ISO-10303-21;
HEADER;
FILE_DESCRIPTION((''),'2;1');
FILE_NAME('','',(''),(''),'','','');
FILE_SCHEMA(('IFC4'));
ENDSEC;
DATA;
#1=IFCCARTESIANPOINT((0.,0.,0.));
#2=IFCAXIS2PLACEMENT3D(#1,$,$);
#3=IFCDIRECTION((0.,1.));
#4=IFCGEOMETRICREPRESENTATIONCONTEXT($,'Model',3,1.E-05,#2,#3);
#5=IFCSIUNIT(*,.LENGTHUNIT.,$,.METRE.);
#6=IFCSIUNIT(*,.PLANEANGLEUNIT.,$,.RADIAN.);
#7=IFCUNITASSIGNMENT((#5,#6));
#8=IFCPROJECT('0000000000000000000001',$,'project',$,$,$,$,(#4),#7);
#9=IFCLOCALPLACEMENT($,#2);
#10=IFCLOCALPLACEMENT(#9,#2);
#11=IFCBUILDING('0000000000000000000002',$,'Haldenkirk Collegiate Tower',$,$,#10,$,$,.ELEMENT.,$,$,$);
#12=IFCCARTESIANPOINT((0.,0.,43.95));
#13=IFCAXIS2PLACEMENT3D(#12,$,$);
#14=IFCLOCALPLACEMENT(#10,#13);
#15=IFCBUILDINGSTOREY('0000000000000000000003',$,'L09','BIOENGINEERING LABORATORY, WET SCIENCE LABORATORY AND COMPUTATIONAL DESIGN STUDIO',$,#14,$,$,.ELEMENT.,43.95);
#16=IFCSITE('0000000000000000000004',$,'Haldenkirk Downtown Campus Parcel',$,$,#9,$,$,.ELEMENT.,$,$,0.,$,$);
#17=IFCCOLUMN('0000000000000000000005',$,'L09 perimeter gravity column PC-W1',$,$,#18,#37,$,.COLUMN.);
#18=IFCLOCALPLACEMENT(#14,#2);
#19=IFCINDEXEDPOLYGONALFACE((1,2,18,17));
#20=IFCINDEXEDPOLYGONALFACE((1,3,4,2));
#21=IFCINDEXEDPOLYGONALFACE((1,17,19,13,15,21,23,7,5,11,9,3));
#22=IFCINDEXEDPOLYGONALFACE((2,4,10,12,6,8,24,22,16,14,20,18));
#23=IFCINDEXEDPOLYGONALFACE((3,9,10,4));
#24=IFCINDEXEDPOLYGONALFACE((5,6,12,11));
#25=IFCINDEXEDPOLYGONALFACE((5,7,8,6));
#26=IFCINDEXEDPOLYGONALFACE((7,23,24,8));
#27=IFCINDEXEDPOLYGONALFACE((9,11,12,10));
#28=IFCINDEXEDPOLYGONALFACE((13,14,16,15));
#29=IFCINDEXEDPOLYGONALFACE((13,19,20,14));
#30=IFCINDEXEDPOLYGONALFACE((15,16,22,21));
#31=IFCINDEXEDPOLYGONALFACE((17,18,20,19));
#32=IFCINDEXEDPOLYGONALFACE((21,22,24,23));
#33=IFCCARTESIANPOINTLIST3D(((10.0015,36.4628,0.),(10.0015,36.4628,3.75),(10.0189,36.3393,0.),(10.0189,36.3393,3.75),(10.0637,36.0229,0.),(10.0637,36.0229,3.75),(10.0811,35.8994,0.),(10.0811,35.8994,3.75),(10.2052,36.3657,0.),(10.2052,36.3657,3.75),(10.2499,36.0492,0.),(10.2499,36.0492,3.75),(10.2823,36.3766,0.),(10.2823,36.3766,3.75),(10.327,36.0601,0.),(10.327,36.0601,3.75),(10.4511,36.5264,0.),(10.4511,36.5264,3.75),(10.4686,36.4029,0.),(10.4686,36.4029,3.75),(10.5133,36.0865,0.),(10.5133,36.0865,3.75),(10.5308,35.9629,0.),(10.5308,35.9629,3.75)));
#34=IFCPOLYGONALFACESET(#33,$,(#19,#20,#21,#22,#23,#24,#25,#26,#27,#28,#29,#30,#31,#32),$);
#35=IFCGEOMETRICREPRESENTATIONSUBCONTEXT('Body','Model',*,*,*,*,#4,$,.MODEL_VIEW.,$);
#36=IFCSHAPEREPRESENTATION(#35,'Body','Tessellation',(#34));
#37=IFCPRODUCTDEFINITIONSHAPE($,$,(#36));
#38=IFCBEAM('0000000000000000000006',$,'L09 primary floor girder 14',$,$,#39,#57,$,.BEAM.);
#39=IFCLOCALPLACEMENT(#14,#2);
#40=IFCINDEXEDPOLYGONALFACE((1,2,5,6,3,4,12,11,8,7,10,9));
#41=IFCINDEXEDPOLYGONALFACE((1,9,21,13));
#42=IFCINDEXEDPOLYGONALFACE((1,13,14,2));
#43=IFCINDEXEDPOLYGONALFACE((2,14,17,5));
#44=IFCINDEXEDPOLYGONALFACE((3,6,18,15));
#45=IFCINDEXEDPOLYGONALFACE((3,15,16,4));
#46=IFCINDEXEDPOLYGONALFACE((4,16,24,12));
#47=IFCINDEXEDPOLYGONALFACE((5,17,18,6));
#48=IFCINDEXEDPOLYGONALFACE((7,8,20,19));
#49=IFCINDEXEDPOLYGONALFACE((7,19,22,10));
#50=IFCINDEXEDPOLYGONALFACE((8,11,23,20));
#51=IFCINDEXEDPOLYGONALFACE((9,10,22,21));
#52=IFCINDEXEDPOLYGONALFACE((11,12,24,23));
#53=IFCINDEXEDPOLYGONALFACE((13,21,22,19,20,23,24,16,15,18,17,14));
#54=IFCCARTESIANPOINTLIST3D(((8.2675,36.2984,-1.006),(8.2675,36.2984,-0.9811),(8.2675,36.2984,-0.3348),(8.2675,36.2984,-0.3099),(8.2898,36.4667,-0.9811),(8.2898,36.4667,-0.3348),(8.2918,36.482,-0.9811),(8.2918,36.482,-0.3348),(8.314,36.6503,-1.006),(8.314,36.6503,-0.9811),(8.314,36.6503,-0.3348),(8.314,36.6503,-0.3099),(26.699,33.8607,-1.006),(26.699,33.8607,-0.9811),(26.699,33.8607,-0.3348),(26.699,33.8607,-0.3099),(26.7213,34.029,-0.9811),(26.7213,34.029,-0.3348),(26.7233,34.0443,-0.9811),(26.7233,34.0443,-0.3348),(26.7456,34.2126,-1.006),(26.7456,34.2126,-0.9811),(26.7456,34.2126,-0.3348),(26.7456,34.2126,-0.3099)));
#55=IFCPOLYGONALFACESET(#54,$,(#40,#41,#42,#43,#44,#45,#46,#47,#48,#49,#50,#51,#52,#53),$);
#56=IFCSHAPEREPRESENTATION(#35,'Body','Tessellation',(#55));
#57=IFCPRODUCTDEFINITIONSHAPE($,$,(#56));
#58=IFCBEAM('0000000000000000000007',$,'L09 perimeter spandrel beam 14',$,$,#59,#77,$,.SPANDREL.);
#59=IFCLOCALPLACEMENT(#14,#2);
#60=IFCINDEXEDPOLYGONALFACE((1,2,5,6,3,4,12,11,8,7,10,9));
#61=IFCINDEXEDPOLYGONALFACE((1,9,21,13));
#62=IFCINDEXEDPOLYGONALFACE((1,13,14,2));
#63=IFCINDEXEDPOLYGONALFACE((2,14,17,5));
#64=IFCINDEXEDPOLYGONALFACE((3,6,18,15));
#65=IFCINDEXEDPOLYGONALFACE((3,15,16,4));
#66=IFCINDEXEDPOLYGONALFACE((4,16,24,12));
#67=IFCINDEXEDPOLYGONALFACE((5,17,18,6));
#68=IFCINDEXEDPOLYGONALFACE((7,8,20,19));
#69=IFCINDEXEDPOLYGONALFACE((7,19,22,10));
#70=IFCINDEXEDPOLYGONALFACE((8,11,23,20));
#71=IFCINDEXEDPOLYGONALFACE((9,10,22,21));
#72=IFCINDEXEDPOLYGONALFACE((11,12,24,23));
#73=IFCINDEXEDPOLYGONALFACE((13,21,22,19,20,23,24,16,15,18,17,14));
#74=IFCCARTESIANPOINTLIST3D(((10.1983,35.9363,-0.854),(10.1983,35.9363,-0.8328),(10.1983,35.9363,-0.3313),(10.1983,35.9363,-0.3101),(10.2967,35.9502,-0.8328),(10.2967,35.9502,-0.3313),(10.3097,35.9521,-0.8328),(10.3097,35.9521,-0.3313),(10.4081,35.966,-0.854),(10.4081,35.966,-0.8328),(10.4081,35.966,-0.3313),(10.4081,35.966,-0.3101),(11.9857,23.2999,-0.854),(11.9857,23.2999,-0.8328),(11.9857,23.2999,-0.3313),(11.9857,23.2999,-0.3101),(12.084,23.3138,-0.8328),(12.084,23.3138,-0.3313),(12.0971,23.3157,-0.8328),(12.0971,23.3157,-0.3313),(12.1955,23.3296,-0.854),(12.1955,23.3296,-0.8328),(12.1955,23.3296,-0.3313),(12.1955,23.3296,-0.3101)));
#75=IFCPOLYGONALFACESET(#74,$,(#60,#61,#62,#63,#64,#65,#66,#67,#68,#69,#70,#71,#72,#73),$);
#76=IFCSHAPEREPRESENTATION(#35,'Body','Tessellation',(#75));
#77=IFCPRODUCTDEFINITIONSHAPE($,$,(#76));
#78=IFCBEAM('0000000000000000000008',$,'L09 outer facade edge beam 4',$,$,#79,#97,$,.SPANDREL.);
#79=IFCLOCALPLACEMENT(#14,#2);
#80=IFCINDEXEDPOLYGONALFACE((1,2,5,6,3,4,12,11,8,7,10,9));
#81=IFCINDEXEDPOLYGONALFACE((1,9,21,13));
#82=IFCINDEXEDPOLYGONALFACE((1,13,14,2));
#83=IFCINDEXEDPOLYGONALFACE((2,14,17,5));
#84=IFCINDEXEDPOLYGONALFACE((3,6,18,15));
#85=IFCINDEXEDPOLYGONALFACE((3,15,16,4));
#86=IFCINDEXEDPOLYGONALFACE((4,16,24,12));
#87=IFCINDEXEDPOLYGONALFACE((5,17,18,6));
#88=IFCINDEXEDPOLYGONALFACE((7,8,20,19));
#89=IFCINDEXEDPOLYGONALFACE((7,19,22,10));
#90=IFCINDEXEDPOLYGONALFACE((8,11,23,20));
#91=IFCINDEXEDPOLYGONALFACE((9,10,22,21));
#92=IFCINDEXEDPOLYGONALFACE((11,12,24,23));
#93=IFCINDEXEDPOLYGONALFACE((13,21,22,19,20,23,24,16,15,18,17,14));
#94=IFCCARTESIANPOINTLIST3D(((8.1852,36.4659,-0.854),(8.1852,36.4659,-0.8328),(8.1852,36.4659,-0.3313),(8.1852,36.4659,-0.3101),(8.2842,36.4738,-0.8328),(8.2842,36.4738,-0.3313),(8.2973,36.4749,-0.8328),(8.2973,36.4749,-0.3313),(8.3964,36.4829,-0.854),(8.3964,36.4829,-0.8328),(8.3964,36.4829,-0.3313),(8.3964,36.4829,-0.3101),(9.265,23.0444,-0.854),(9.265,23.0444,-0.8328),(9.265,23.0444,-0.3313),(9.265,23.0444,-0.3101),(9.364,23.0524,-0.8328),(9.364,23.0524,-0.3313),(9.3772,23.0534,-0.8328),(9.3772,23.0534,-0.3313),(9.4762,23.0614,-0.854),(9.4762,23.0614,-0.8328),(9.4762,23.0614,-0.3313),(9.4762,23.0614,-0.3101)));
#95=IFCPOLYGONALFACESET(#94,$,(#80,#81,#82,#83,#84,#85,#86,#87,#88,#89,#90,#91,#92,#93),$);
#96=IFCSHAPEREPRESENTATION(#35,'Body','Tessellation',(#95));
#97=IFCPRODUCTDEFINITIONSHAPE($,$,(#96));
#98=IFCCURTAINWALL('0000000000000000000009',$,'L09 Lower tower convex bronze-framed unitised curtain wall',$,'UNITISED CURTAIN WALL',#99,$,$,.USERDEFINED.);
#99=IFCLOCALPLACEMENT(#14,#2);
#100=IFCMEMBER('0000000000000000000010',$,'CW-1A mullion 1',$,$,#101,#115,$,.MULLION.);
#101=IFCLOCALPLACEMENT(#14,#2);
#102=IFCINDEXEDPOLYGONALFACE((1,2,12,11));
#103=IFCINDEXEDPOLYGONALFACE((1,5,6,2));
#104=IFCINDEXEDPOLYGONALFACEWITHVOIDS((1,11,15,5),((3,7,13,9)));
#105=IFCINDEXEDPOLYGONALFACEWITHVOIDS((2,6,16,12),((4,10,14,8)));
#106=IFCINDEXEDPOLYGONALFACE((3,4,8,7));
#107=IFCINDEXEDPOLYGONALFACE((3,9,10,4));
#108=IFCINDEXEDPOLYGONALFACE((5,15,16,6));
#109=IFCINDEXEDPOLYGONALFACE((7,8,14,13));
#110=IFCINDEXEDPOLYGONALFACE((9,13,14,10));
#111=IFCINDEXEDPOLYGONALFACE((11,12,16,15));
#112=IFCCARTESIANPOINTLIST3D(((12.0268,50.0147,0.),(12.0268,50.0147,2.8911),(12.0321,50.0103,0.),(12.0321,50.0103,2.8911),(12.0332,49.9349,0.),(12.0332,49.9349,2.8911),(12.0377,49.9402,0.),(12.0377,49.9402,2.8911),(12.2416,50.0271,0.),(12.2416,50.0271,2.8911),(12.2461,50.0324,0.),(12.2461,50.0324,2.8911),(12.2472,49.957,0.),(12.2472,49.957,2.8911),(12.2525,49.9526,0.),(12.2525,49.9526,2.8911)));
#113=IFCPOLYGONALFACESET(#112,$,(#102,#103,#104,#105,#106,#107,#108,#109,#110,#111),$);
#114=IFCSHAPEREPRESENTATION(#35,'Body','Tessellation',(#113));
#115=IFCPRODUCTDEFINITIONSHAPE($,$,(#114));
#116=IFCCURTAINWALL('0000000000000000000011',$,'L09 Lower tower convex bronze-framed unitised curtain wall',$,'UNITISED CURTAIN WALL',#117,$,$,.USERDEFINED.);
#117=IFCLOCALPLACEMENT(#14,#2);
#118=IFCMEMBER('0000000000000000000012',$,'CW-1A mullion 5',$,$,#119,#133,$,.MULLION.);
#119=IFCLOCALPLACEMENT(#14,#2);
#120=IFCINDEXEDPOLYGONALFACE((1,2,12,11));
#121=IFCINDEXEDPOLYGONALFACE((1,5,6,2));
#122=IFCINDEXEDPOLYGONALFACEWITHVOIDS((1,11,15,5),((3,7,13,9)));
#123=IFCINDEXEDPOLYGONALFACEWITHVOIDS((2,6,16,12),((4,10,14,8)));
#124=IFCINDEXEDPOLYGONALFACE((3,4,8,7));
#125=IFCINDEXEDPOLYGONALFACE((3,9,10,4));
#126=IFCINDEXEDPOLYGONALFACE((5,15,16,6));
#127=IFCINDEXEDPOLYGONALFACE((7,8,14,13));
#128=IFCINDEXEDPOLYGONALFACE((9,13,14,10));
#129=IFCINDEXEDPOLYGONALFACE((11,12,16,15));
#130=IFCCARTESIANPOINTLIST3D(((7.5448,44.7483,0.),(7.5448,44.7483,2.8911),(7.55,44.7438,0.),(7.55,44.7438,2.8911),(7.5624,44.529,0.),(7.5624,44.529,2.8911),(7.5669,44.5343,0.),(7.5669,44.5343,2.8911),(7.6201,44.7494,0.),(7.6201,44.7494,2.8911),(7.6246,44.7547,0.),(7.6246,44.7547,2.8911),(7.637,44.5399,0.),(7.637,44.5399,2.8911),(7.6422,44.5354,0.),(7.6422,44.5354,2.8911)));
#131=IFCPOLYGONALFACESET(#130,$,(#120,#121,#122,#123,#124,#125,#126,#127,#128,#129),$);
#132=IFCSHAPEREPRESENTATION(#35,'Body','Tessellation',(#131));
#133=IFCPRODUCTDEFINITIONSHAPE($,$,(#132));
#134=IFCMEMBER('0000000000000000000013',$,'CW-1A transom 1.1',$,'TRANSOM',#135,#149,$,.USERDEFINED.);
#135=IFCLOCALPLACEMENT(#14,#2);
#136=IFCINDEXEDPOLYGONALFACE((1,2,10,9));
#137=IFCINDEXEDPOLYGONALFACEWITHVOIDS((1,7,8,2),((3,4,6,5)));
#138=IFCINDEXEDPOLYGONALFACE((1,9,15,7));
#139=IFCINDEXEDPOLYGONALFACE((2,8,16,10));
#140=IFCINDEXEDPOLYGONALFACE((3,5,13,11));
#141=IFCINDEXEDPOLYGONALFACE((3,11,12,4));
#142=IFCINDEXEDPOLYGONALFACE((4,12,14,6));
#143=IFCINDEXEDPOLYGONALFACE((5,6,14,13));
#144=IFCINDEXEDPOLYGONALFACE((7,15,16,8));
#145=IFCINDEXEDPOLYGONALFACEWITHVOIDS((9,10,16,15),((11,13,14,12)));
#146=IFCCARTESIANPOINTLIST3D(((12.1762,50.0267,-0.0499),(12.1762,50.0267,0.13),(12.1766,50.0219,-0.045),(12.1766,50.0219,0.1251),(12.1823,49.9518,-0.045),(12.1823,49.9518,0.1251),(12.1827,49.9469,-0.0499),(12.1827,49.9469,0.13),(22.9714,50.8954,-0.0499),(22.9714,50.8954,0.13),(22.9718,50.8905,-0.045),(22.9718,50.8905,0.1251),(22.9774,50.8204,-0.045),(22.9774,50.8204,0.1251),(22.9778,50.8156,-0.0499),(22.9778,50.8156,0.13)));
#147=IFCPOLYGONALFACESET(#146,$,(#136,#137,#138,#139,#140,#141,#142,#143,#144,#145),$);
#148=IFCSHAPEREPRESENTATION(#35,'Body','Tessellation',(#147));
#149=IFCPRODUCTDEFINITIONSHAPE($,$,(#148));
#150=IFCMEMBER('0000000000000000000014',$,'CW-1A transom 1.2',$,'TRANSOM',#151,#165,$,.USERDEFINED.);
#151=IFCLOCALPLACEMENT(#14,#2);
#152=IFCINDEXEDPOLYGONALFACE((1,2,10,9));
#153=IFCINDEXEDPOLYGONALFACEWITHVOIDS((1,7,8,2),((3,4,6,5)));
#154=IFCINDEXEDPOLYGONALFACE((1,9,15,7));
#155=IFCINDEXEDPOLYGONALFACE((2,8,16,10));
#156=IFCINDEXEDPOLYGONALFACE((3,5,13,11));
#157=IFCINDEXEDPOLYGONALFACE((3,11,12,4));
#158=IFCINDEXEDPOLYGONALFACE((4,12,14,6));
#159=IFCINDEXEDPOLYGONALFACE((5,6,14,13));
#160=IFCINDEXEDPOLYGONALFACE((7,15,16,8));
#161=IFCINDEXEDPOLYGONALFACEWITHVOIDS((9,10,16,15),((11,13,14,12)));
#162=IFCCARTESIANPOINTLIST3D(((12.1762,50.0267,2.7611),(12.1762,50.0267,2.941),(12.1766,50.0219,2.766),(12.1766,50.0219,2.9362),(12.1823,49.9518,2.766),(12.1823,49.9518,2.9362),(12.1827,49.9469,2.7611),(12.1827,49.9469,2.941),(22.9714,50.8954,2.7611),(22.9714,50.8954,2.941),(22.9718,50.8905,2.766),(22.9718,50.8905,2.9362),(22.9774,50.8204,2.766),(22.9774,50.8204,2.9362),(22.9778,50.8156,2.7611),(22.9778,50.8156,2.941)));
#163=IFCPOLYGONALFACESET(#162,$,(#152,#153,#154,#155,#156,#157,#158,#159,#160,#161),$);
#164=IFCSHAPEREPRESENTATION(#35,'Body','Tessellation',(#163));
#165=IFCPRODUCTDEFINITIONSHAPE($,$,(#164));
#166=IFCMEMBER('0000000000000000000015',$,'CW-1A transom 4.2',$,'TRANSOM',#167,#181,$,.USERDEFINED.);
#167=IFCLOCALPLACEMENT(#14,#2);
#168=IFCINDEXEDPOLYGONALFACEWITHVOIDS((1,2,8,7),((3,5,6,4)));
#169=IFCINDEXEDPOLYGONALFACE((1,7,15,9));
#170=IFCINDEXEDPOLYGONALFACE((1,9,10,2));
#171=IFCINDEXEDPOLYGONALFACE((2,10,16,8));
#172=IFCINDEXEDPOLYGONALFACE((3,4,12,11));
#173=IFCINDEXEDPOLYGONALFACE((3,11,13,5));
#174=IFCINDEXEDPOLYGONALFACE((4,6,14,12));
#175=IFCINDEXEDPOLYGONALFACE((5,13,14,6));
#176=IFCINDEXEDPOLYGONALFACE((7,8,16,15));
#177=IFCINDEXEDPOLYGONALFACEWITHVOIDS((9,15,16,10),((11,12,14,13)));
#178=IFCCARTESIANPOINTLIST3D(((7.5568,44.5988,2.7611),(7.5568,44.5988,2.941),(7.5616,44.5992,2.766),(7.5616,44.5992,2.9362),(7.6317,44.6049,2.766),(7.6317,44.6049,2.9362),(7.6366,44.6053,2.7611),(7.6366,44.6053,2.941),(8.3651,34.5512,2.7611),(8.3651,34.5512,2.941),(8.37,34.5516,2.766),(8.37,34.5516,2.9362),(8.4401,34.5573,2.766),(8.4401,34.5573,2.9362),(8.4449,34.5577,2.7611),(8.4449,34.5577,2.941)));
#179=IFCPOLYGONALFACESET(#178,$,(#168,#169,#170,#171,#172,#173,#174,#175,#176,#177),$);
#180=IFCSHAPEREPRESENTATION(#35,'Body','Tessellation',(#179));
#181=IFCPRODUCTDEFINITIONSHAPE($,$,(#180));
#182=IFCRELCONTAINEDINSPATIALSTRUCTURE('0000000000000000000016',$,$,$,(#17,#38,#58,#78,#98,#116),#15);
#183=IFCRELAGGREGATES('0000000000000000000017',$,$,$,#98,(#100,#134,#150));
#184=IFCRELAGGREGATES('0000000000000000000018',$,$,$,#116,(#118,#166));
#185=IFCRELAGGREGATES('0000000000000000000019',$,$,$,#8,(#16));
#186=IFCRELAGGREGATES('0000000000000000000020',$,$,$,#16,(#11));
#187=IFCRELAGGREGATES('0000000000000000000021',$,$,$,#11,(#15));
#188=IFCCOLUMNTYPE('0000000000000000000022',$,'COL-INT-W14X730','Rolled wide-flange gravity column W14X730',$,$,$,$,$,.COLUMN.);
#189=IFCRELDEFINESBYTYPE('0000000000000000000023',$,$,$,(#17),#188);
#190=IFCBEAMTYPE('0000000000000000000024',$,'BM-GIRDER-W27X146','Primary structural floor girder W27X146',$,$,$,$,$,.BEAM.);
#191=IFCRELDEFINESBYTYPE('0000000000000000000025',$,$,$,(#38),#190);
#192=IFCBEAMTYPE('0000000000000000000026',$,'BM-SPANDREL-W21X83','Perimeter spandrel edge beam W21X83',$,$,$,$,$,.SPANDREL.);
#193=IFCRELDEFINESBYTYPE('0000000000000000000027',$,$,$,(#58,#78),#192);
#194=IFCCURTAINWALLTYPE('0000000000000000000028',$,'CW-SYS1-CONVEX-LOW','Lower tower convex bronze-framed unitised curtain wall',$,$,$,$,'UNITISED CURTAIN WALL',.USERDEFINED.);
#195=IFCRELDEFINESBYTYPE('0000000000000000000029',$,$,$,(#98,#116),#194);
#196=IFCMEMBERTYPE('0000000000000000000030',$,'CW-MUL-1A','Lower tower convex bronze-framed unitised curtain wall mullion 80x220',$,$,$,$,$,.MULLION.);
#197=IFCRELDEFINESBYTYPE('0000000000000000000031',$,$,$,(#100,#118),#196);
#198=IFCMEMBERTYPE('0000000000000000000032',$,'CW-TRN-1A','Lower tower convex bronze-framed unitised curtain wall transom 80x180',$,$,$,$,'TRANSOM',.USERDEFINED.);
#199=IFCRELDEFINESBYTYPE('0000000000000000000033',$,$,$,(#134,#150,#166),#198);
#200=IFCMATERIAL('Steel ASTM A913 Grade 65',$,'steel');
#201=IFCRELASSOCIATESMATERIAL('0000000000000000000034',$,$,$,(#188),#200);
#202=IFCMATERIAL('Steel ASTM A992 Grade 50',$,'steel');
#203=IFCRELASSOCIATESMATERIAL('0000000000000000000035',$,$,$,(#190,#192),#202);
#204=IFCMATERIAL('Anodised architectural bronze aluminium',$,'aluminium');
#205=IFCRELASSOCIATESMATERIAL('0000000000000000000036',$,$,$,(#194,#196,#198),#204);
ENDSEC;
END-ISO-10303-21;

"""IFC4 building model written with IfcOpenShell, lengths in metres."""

from ifc_helpers import new_model, si_unit, direction, frame, origin, origin_2d, place, context, subcontext, project, spatial, hollow_rectangle, i_section, extrude, material, material_profile, profile_set, type_object, element, aggregate, save


model = new_model("IFC4")

# Units and contexts
model_context = context("Model", 3, precision=1e-05, world=origin(), true_north=direction((0.0, 1.0)))
body_context = subcontext(model_context, "Body", "Model", "MODEL_VIEW")
ifc_project = project(units=[si_unit("LENGTHUNIT", "METRE"), si_unit("PLANEANGLEUNIT", "RADIAN")], contexts=[model_context])

# Site, building, storey
site_placement = place(None, origin())
site = spatial("IfcSite", under=ifc_project, at=site_placement, Name="Haldenkirk Downtown Campus Parcel", CompositionType="ELEMENT", RefElevation=0.0)
building_placement = place(site_placement, origin())
building = spatial("IfcBuilding", under=site, at=building_placement, Name="Haldenkirk Collegiate Tower", CompositionType="ELEMENT")
storey_placement = place(building_placement, frame((0.0, 0.0, 43.95)))
storey = spatial("IfcBuildingStorey", under=building, at=storey_placement, Name="L09", Description="BIOENGINEERING LABORATORY, WET SCIENCE LABORATORY AND COMPUTATIONAL DESIGN STUDIO", CompositionType="ELEMENT", Elevation=43.95)

# Column
ifc_material_1 = material(Name="Steel ASTM A913 Grade 65", Category="steel")
ifc_material_profile_1 = material_profile(ifc_material_1, i_section(OverallWidth=0.4541, OverallDepth=0.5691, WebThickness=0.0779, FlangeThickness=0.1248, at=origin_2d()), Name="W14X730")
ifc_profile_set_1 = profile_set([ifc_material_profile_1], Name="Steel ASTM A913 Grade 65")
column_type = type_object("IfcColumnType", Name="COL-INT-W14X730", Description="Rolled wide-flange gravity column W14X730", PredefinedType="COLUMN", material=ifc_profile_set_1)
column_placement = place(storey_placement, frame((10.2661, 36.2129, 0.0), z_axis=(0.0, 0.0, 1.0), x_axis=(0.990146, 0.140037, 0.0)))
element("IfcColumn", 1, at=column_placement, inside=storey, type_object=column_type, Name="L09 perimeter gravity column PC-W1", PredefinedType="COLUMN", context=body_context, shape_type="SweptSolid", body=[
    extrude(i_section(OverallWidth=0.4541, OverallDepth=0.5691, WebThickness=0.0779, FlangeThickness=0.1248, at=origin_2d()), origin(), (0.0, 0.0, 1.0), 3.75),
])

# Beams
ifc_material_2 = material(Name="Steel ASTM A992 Grade 50", Category="steel")
ifc_material_profile_2 = material_profile(ifc_material_2, i_section(OverallWidth=0.355, OverallDepth=0.696, WebThickness=0.0154, FlangeThickness=0.0249, at=origin_2d()), Name="W27X146")
ifc_profile_set_2 = profile_set([ifc_material_profile_2], Name="Steel ASTM A992 Grade 50")
beam_type_1 = type_object("IfcBeamType", Name="BM-GIRDER-W27X146", Description="Primary structural floor girder W27X146", PredefinedType="BEAM", material=ifc_profile_set_2)
beam_1_placement = place(storey_placement, frame((8.2908, 36.4744, -0.658), z_axis=(0.991367, -0.131117, 0.0), x_axis=(0.131117, 0.991367, 0.0)))
element("IfcBeam", 2, at=beam_1_placement, inside=storey, type_object=beam_type_1, Name="L09 primary floor girder 14", PredefinedType="BEAM", context=body_context, shape_type="SweptSolid", body=[
    extrude(i_section(OverallWidth=0.355, OverallDepth=0.696, WebThickness=0.0154, FlangeThickness=0.0249, at=origin_2d()), origin(), (0.0, 0.0, 1.0), 18.592),
])
ifc_material_profile_3 = material_profile(ifc_material_2, i_section(OverallWidth=0.2119, OverallDepth=0.5439, WebThickness=0.0132, FlangeThickness=0.0212, at=origin_2d()), Name="W21X83")
ifc_profile_set_3 = profile_set([ifc_material_profile_3], Name="Steel ASTM A992 Grade 50")
beam_type_2 = type_object("IfcBeamType", Name="BM-SPANDREL-W21X83", Description="Perimeter spandrel edge beam W21X83", PredefinedType="SPANDREL", material=ifc_profile_set_3)
beam_2_placement = place(storey_placement, frame((10.3032, 35.9512, -0.582), z_axis=(0.14005, -0.990144, 0.0), x_axis=(0.990144, 0.14005, 0.0)))
element("IfcBeam", 3, at=beam_2_placement, inside=storey, type_object=beam_type_2, Name="L09 perimeter spandrel beam 14", PredefinedType="SPANDREL", context=body_context, shape_type="SweptSolid", body=[
    extrude(i_section(OverallWidth=0.2119, OverallDepth=0.5439, WebThickness=0.0132, FlangeThickness=0.0212, at=origin_2d()), origin(), (0.0, 0.0, 1.0), 12.7622),
])
beam_3_placement = place(storey_placement, frame((8.2908, 36.4744, -0.582), z_axis=(0.080197, -0.996779, 0.0), x_axis=(0.996779, 0.080197, 0.0)))
element("IfcBeam", 4, at=beam_3_placement, inside=storey, type_object=beam_type_2, Name="L09 outer facade edge beam 4", PredefinedType="SPANDREL", context=body_context, shape_type="SweptSolid", body=[
    extrude(i_section(OverallWidth=0.2119, OverallDepth=0.5439, WebThickness=0.0132, FlangeThickness=0.0212, at=origin_2d()), origin(), (0.0, 0.0, 1.0), 13.4648),
])

# Curtain walls, members
ifc_material_3 = material(Name="Anodised architectural bronze aluminium", Category="aluminium")
curtain_wall_type = type_object("IfcCurtainWallType", Name="CW-SYS1-CONVEX-LOW", Description="Lower tower convex bronze-framed unitised curtain wall", ElementType="UNITISED CURTAIN WALL", PredefinedType="USERDEFINED", material=ifc_material_3)
curtain_wall_1_placement = place(storey_placement, origin())
curtain_wall_1 = element("IfcCurtainWall", 5, at=curtain_wall_1_placement, inside=storey, type_object=curtain_wall_type, Name="L09 Lower tower convex bronze-framed unitised curtain wall", ObjectType="UNITISED CURTAIN WALL", PredefinedType="USERDEFINED")
ifc_material_profile_4 = material_profile(ifc_material_3, hollow_rectangle(XDim=0.0801, YDim=0.22, WallThickness=0.0049, at=origin_2d()), Name="CW-MUL-1A")
ifc_profile_set_4 = profile_set([ifc_material_profile_4], Name="Anodised architectural bronze aluminium")
member_type_1 = type_object("IfcMemberType", Name="CW-MUL-1A", Description="Lower tower convex bronze-framed unitised curtain wall mullion 80x220", PredefinedType="MULLION", material=ifc_profile_set_4)
member_1_placement = place(storey_placement, frame((12.1396, 49.9836, 0.0), z_axis=(0.0, 0.0, 1.0), x_axis=(-0.080199, 0.996779, 0.0)))
member_1 = element("IfcMember", 6, at=member_1_placement, type_object=member_type_1, Name="CW-1A mullion 1", PredefinedType="MULLION", context=body_context, shape_type="SweptSolid", body=[
    extrude(hollow_rectangle(XDim=0.0801, YDim=0.22, WallThickness=0.0049, at=origin_2d()), origin(), (0.0, 0.0, 1.0), 2.8911),
])
curtain_wall_2_placement = place(storey_placement, origin())
curtain_wall_2 = element("IfcCurtainWall", 7, at=curtain_wall_2_placement, inside=storey, type_object=curtain_wall_type, Name="L09 Lower tower convex bronze-framed unitised curtain wall", ObjectType="UNITISED CURTAIN WALL", PredefinedType="USERDEFINED")
member_2_placement = place(storey_placement, frame((7.5935, 44.6418, 0.0), z_axis=(0.0, 0.0, 1.0), x_axis=(-0.996779, -0.080198, 0.0)))
member_2 = element("IfcMember", 8, at=member_2_placement, type_object=member_type_1, Name="CW-1A mullion 5", PredefinedType="MULLION", context=body_context, shape_type="SweptSolid", body=[
    extrude(hollow_rectangle(XDim=0.0801, YDim=0.22, WallThickness=0.0049, at=origin_2d()), origin(), (0.0, 0.0, 1.0), 2.8911),
])

# Members
ifc_material_profile_5 = material_profile(ifc_material_3, hollow_rectangle(XDim=0.0801, YDim=0.1799, WallThickness=0.0049, at=origin_2d()), Name="CW-TRN-1A")
ifc_profile_set_5 = profile_set([ifc_material_profile_5], Name="Anodised architectural bronze aluminium")
member_type_2 = type_object("IfcMemberType", Name="CW-TRN-1A", Description="Lower tower convex bronze-framed unitised curtain wall transom 80x180", ElementType="TRANSOM", PredefinedType="USERDEFINED", material=ifc_profile_set_5)
member_3_placement = place(storey_placement, frame((12.1794, 49.9868, 0.04), z_axis=(0.996778, 0.080208, 0.0), x_axis=(-0.080208, 0.996778, 0.0)))
member_3 = element("IfcMember", 9, at=member_3_placement, type_object=member_type_2, Name="CW-1A transom 1.1", ObjectType="TRANSOM", PredefinedType="USERDEFINED", context=body_context, shape_type="SweptSolid", body=[
    extrude(hollow_rectangle(XDim=0.0801, YDim=0.1799, WallThickness=0.0049, at=origin_2d()), origin(), (0.0, 0.0, 1.0), 10.8301),
])
member_4_placement = place(storey_placement, frame((12.1794, 49.9868, 2.8511), z_axis=(0.996778, 0.080208, 0.0), x_axis=(-0.080208, 0.996778, 0.0)))
member_4 = element("IfcMember", 10, at=member_4_placement, type_object=member_type_2, Name="CW-1A transom 1.2", ObjectType="TRANSOM", PredefinedType="USERDEFINED", context=body_context, shape_type="SweptSolid", body=[
    extrude(hollow_rectangle(XDim=0.0801, YDim=0.1799, WallThickness=0.0049, at=origin_2d()), origin(), (0.0, 0.0, 1.0), 10.8301),
])
aggregate(curtain_wall_1, [member_1, member_3, member_4])
member_5_placement = place(storey_placement, frame((8.405, 34.5544, 2.8511), z_axis=(-0.080193, 0.996779, 0.0), x_axis=(-0.996779, -0.080193, 0.0)))
member_5 = element("IfcMember", 11, at=member_5_placement, type_object=member_type_2, Name="CW-1A transom 4.2", ObjectType="TRANSOM", PredefinedType="USERDEFINED", context=body_context, shape_type="SweptSolid", body=[
    extrude(hollow_rectangle(XDim=0.0801, YDim=0.1799, WallThickness=0.0049, at=origin_2d()), origin(), (0.0, 0.0, 1.0), 10.0801),
])

aggregate(curtain_wall_2, [member_2, member_5])

save(model, "model.ifc")
